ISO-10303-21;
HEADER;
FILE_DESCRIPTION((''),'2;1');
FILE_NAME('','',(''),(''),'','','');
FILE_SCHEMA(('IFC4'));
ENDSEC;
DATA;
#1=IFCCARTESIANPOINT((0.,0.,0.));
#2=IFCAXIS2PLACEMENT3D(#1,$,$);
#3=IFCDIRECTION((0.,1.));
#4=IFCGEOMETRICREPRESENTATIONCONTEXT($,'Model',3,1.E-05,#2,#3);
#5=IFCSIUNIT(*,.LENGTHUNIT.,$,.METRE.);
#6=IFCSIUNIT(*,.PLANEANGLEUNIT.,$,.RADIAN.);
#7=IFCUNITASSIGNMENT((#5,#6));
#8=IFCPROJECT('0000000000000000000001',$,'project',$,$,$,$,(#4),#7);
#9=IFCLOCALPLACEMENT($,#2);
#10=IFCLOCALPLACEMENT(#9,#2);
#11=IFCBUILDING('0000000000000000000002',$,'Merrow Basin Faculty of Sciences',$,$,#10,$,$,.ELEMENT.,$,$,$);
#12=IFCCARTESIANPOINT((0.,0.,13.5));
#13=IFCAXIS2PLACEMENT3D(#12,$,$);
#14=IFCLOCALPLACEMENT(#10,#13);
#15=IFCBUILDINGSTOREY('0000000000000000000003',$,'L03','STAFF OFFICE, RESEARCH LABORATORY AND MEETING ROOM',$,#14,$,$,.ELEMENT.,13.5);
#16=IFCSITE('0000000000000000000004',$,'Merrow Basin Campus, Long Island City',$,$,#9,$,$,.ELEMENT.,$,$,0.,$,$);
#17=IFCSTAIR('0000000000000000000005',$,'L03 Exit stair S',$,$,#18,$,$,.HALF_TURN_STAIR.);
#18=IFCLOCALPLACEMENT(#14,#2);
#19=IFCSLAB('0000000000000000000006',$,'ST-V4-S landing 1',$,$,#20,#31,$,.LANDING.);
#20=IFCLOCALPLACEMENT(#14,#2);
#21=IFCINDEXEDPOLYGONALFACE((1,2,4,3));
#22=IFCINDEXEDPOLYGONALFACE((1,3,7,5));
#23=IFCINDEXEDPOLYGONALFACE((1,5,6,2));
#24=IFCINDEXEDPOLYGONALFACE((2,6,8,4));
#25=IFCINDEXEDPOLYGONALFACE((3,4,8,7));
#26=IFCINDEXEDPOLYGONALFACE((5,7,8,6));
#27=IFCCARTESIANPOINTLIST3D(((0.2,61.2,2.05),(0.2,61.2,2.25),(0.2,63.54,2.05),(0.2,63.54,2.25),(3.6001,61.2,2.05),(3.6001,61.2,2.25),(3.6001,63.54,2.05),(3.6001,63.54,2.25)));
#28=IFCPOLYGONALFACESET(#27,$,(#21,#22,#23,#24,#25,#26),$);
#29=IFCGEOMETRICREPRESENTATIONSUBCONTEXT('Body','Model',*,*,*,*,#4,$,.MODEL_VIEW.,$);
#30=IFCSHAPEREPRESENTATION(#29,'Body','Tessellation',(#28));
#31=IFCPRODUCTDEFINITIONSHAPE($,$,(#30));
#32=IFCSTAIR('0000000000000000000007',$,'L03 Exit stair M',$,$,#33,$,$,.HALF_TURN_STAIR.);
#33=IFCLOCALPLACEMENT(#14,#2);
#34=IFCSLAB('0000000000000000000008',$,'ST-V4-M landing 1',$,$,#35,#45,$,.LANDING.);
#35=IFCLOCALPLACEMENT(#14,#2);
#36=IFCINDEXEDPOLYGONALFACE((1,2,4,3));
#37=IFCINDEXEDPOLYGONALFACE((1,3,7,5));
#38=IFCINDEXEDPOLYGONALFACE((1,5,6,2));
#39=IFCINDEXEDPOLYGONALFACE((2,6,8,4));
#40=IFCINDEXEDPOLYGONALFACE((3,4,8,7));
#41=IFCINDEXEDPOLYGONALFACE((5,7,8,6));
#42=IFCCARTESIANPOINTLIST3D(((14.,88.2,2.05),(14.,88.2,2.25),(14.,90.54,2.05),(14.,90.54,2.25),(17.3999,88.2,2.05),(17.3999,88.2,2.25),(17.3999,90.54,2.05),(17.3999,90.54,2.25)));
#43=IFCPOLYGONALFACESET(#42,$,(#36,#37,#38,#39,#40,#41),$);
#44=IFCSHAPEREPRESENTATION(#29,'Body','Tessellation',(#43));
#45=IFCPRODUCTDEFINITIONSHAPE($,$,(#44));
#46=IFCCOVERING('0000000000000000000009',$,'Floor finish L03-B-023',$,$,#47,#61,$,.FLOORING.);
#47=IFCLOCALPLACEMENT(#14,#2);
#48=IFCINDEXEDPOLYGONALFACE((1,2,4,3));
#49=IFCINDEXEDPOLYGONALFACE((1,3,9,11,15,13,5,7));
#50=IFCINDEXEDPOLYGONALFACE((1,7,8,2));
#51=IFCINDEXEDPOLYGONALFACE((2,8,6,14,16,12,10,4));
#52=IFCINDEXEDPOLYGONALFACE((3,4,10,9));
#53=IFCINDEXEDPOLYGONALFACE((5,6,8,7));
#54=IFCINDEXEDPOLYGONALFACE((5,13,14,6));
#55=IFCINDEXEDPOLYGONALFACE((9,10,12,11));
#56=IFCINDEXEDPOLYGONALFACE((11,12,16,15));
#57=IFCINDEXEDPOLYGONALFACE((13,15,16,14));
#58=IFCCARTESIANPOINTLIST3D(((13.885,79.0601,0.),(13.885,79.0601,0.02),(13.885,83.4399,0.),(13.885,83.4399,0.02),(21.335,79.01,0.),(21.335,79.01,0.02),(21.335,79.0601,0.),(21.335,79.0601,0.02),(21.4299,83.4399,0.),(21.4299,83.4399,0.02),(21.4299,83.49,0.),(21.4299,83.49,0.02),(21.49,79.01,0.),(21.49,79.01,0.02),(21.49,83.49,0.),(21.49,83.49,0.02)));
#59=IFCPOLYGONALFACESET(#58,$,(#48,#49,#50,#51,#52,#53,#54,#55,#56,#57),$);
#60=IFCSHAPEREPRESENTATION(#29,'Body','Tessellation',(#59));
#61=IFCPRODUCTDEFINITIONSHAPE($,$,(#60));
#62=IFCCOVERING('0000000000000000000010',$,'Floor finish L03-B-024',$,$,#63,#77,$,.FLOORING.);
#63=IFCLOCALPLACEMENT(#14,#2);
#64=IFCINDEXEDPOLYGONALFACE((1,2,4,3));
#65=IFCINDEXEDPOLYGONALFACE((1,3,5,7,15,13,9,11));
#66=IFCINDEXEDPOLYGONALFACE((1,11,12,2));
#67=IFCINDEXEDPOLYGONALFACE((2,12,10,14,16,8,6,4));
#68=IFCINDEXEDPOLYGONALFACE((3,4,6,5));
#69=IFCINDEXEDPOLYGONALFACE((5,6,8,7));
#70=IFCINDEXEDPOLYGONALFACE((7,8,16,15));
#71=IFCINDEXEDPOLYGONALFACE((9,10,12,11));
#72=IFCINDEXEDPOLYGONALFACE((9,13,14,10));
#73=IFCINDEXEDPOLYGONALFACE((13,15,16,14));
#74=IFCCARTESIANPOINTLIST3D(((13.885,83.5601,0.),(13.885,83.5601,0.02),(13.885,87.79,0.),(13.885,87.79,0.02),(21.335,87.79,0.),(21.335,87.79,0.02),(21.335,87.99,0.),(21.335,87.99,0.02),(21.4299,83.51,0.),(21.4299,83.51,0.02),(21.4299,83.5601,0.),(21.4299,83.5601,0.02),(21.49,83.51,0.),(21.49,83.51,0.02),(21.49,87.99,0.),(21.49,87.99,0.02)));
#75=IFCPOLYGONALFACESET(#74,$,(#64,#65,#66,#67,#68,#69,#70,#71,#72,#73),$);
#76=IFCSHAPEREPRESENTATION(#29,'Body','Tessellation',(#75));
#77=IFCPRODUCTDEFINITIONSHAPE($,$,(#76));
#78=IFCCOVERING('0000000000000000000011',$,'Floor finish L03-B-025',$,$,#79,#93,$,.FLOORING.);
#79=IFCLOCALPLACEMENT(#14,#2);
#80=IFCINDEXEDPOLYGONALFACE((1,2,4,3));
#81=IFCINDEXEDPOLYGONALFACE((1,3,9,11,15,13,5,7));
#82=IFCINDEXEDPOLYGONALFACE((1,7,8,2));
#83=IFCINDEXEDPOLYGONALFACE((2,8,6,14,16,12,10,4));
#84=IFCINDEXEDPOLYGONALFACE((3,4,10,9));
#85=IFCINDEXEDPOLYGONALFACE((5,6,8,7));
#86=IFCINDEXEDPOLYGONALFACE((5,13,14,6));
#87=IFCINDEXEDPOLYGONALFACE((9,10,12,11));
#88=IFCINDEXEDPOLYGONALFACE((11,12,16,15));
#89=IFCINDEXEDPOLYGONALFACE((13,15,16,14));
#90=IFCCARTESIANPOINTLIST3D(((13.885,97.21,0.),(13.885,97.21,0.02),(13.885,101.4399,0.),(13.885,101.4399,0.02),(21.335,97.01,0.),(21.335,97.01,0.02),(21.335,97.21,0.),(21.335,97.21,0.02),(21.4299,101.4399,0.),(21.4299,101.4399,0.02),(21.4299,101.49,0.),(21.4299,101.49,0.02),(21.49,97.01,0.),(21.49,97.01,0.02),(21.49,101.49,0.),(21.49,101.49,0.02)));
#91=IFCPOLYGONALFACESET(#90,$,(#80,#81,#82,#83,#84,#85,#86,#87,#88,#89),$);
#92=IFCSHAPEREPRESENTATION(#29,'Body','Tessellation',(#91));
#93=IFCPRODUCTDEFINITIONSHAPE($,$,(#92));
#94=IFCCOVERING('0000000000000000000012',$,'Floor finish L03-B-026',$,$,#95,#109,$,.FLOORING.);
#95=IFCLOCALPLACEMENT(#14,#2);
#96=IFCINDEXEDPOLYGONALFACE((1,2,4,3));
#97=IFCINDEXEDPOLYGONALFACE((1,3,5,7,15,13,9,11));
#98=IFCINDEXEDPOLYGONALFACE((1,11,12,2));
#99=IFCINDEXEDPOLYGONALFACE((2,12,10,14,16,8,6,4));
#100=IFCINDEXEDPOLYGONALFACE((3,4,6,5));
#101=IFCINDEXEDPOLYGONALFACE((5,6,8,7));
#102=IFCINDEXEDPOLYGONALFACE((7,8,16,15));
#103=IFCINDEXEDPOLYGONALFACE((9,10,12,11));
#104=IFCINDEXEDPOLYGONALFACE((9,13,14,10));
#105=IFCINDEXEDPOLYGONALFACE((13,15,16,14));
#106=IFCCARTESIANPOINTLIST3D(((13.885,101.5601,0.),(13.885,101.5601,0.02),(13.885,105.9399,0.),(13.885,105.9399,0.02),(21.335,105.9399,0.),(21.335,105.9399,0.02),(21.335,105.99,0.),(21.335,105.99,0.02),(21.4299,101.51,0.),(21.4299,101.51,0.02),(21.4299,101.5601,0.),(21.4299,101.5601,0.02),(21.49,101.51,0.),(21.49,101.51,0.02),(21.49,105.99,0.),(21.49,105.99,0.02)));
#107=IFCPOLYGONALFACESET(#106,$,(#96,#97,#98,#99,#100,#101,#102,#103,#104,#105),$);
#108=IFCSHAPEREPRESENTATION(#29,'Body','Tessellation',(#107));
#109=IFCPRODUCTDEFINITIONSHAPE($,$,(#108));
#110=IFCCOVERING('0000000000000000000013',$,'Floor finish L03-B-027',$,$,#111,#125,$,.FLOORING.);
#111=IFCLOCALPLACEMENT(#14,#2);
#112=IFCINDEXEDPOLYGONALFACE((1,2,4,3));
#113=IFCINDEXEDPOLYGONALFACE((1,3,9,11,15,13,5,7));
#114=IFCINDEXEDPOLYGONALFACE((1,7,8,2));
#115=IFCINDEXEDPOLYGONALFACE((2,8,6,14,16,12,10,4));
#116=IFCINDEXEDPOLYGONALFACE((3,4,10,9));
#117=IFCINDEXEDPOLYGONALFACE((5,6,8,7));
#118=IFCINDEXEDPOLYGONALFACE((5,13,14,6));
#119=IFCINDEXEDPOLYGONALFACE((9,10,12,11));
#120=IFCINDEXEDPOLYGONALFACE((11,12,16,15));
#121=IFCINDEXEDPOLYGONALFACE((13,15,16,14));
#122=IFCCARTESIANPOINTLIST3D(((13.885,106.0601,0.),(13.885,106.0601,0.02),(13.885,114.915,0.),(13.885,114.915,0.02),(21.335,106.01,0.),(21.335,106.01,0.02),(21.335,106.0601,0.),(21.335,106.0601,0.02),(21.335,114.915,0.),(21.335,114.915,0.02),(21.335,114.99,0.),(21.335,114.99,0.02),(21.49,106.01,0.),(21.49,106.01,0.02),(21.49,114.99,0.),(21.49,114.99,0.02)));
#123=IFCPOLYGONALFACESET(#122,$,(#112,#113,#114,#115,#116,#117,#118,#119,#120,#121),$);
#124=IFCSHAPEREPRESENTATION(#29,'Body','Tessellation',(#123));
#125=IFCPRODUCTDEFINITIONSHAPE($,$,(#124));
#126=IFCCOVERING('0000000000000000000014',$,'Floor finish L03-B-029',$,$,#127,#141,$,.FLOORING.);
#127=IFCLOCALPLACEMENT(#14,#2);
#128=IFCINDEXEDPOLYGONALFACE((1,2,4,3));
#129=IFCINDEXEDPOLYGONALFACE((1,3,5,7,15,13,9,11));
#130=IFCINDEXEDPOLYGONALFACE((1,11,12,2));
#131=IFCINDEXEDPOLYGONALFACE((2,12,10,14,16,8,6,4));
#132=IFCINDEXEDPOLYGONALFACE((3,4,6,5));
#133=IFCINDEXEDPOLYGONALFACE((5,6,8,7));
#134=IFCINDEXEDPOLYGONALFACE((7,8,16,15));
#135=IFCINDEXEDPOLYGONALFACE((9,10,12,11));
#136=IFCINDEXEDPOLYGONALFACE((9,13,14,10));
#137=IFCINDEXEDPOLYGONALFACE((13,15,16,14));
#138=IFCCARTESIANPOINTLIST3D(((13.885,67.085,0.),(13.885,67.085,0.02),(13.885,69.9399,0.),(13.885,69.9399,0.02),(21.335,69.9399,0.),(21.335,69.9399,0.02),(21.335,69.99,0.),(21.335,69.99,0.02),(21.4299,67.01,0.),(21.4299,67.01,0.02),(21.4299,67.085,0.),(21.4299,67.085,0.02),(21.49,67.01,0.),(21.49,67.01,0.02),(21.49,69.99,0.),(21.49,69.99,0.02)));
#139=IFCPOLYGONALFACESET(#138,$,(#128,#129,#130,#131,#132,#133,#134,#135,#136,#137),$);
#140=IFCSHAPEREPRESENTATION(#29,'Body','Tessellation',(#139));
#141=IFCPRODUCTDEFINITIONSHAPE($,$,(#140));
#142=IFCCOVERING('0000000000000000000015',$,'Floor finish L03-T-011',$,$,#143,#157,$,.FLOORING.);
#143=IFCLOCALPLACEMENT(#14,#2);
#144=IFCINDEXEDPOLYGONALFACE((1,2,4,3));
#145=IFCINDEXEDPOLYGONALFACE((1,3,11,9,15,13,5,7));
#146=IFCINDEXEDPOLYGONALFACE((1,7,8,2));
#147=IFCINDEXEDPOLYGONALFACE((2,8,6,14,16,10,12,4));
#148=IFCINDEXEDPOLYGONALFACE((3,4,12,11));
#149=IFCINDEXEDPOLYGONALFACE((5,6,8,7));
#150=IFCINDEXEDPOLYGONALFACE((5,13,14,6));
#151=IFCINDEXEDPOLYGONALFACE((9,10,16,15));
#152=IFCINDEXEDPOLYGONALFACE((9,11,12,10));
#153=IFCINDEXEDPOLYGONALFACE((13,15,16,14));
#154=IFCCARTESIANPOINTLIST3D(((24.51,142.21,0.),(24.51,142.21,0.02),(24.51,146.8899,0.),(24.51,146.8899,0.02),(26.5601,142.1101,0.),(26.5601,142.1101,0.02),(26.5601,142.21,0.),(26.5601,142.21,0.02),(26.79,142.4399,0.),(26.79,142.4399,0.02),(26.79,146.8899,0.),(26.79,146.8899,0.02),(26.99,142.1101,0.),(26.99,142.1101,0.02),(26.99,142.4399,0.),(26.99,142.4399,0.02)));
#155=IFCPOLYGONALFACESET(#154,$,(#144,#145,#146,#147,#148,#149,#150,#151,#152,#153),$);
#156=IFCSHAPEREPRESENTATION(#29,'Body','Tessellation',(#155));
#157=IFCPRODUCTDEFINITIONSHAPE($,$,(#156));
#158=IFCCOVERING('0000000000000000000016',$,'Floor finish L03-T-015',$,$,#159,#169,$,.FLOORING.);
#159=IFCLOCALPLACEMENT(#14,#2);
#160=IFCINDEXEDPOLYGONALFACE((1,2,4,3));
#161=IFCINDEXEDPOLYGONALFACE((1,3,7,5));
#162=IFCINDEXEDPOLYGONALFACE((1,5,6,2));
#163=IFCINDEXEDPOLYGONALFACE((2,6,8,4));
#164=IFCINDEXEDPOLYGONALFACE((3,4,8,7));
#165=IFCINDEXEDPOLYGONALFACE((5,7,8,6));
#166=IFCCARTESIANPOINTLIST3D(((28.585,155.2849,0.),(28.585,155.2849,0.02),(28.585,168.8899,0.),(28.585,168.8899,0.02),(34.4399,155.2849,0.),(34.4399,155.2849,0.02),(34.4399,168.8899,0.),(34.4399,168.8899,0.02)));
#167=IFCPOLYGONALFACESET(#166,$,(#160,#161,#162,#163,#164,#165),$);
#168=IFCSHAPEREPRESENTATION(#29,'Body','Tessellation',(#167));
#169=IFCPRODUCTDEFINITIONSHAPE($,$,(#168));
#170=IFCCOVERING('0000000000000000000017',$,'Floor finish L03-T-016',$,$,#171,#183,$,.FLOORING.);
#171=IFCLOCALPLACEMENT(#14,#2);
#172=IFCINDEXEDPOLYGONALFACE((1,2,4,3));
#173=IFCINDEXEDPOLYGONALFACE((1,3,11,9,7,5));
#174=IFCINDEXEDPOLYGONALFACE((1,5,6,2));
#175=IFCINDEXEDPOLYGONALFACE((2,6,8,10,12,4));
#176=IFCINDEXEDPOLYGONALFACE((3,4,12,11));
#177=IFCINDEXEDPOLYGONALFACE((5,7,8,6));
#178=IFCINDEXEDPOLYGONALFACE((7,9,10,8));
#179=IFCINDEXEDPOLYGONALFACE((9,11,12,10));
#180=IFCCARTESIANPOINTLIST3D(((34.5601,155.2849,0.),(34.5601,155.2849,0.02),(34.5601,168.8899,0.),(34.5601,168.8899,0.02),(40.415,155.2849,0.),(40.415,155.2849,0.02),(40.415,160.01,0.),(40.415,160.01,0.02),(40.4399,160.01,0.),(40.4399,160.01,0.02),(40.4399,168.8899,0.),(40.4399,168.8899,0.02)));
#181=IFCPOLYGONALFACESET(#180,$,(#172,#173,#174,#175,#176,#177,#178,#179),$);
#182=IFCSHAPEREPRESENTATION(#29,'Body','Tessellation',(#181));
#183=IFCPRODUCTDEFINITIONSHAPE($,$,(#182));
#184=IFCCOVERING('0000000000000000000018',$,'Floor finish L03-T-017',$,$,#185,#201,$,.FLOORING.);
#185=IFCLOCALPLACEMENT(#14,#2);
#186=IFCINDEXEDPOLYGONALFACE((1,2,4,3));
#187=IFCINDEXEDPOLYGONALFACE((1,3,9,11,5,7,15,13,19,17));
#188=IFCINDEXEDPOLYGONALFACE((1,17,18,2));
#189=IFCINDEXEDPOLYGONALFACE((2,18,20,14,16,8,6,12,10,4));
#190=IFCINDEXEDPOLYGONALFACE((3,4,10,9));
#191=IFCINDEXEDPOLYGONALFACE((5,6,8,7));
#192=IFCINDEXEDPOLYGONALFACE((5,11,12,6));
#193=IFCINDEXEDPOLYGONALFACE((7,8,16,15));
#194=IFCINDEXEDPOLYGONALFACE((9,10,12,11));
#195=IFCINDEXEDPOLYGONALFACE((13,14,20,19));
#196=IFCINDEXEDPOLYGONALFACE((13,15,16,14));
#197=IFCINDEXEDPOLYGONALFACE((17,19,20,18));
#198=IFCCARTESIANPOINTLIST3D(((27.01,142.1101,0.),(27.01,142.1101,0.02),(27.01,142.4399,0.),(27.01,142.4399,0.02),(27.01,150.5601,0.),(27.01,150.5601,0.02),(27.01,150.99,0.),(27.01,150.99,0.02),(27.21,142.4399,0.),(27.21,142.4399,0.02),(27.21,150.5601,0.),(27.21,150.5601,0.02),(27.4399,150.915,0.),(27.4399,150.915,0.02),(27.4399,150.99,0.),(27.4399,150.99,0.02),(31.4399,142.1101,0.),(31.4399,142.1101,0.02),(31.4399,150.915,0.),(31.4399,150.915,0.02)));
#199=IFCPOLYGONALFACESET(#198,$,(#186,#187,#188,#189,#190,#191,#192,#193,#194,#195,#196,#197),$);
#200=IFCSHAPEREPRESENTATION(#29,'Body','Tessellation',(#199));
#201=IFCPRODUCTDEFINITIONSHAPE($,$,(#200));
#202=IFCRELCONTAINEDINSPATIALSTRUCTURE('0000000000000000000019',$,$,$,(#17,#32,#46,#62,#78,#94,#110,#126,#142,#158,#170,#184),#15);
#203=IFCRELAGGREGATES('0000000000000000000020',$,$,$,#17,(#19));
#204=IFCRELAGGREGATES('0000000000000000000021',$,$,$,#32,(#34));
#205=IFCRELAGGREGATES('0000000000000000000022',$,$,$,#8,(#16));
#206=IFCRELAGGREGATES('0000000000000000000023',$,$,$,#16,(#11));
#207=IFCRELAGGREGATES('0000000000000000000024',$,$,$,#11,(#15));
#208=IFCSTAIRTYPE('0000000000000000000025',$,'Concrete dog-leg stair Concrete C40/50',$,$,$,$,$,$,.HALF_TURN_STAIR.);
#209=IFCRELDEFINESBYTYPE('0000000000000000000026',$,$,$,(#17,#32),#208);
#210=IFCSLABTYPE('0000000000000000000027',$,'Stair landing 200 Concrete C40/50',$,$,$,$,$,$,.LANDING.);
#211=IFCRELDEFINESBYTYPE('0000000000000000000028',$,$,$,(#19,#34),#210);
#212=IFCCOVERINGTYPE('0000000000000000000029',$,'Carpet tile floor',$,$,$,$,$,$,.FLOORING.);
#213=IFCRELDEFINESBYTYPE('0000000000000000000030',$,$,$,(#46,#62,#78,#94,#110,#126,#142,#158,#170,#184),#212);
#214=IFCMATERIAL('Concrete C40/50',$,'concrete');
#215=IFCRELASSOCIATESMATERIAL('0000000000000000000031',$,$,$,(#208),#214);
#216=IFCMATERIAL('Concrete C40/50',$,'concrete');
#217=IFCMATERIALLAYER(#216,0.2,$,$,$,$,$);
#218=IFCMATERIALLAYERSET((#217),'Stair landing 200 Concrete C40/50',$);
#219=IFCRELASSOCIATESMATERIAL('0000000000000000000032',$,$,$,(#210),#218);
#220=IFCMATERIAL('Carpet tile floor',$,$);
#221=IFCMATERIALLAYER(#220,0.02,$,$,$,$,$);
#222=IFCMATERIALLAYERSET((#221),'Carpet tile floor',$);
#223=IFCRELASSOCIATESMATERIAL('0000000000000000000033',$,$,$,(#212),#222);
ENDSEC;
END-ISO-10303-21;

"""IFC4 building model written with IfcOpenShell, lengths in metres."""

from ifc_helpers import new_model, si_unit, direction, frame, origin, place, context, subcontext, project, spatial, polyline, outline, extrude, material, layer, layer_set, type_object, element, aggregate, save


model = new_model("IFC4")

# Units and contexts
model_context = context("Model", 3, precision=1e-05, world=origin(), true_north=direction((0.0, 1.0)))
body_context = subcontext(model_context, "Body", "Model", "MODEL_VIEW")
ifc_project = project(units=[si_unit("LENGTHUNIT", "METRE"), si_unit("PLANEANGLEUNIT", "RADIAN")], contexts=[model_context])

# Site, building, storey
site_placement = place(None, origin())
site = spatial("IfcSite", under=ifc_project, at=site_placement, Name="Merrow Basin Campus, Long Island City", CompositionType="ELEMENT", RefElevation=0.0)
building_placement = place(site_placement, origin())
building = spatial("IfcBuilding", under=site, at=building_placement, Name="Merrow Basin Faculty of Sciences", CompositionType="ELEMENT")
storey_placement = place(building_placement, frame((0.0, 0.0, 13.5)))
storey = spatial("IfcBuildingStorey", under=building, at=storey_placement, Name="L03", Description="STAFF OFFICE, RESEARCH LABORATORY AND MEETING ROOM", CompositionType="ELEMENT", Elevation=13.5)

# Stairs, slabs
ifc_material_1 = material(Name="Concrete C40/50", Category="concrete")
stair_type = type_object("IfcStairType", Name="Concrete dog-leg stair Concrete C40/50", PredefinedType="HALF_TURN_STAIR", material=ifc_material_1)
stair_1_placement = place(storey_placement, origin())
stair_1 = element("IfcStair", 1, at=stair_1_placement, inside=storey, type_object=stair_type, Name="L03 Exit stair S", PredefinedType="HALF_TURN_STAIR")
ifc_material_2 = material(Name="Concrete C40/50", Category="concrete")
ifc_layer_1 = layer(ifc_material_2, 0.2)
ifc_layer_set_1 = layer_set([ifc_layer_1], Name="Stair landing 200 Concrete C40/50")
slab_type = type_object("IfcSlabType", Name="Stair landing 200 Concrete C40/50", PredefinedType="LANDING", material=ifc_layer_set_1)
slab_1_placement = place(storey_placement, frame((0.0, 0.0, 2.05)))
slab_1 = element("IfcSlab", 2, at=slab_1_placement, type_object=slab_type, Name="ST-V4-S landing 1", PredefinedType="LANDING", context=body_context, shape_type="SweptSolid", body=[
    extrude(outline(polyline([(0.2, 61.2), (3.6001, 61.2), (3.6001, 63.54), (0.2, 63.54), (0.2, 61.2)])), origin(), (0.0, 0.0, 1.0), 0.2),
])
aggregate(stair_1, [slab_1])
stair_2_placement = place(storey_placement, origin())
stair_2 = element("IfcStair", 3, at=stair_2_placement, inside=storey, type_object=stair_type, Name="L03 Exit stair M", PredefinedType="HALF_TURN_STAIR")
slab_2_placement = place(storey_placement, frame((0.0, 0.0, 2.05)))
slab_2 = element("IfcSlab", 4, at=slab_2_placement, type_object=slab_type, Name="ST-V4-M landing 1", PredefinedType="LANDING", context=body_context, shape_type="SweptSolid", body=[
    extrude(outline(polyline([(14.0, 88.2), (17.3999, 88.2), (17.3999, 90.54), (14.0, 90.54), (14.0, 88.2)])), origin(), (0.0, 0.0, 1.0), 0.2),
])
aggregate(stair_2, [slab_2])

# Coverings
ifc_material_3 = material(Name="Carpet tile floor")
ifc_layer_2 = layer(ifc_material_3, 0.02)
ifc_layer_set_2 = layer_set([ifc_layer_2], Name="Carpet tile floor")
covering_type_1 = type_object("IfcCoveringType", Name="Carpet tile floor", PredefinedType="FLOORING", material=ifc_layer_set_2)
covering_1_placement = place(storey_placement, origin())
element("IfcCovering", 5, at=covering_1_placement, inside=storey, type_object=covering_type_1, Name="Floor finish L03-B-023", PredefinedType="FLOORING", context=body_context, shape_type="SweptSolid", body=[
    extrude(outline(polyline([(21.49, 83.49), (21.49, 79.01), (21.335, 79.01), (21.335, 79.0601), (13.885, 79.0601), (13.885, 83.4399), (21.4299, 83.4399), (21.4299, 83.49), (21.49, 83.49)])), origin(), (0.0, 0.0, 1.0), 0.02),
])
covering_2_placement = place(storey_placement, origin())
element("IfcCovering", 6, at=covering_2_placement, inside=storey, type_object=covering_type_1, Name="Floor finish L03-B-024", PredefinedType="FLOORING", context=body_context, shape_type="SweptSolid", body=[
    extrude(outline(polyline([(21.49, 87.99), (21.49, 83.51), (21.4299, 83.51), (21.4299, 83.5601), (13.885, 83.5601), (13.885, 87.79), (21.335, 87.79), (21.335, 87.99), (21.49, 87.99)])), origin(), (0.0, 0.0, 1.0), 0.02),
])
covering_3_placement = place(storey_placement, origin())
element("IfcCovering", 7, at=covering_3_placement, inside=storey, type_object=covering_type_1, Name="Floor finish L03-B-025", PredefinedType="FLOORING", context=body_context, shape_type="SweptSolid", body=[
    extrude(outline(polyline([(21.49, 101.49), (21.49, 97.01), (21.335, 97.01), (21.335, 97.21), (13.885, 97.21), (13.885, 101.4399), (21.4299, 101.4399), (21.4299, 101.49), (21.49, 101.49)])), origin(), (0.0, 0.0, 1.0), 0.02),
])
covering_4_placement = place(storey_placement, origin())
element("IfcCovering", 8, at=covering_4_placement, inside=storey, type_object=covering_type_1, Name="Floor finish L03-B-026", PredefinedType="FLOORING", context=body_context, shape_type="SweptSolid", body=[
    extrude(outline(polyline([(21.49, 105.99), (21.49, 101.51), (21.4299, 101.51), (21.4299, 101.5601), (13.885, 101.5601), (13.885, 105.9399), (21.335, 105.9399), (21.335, 105.99), (21.49, 105.99)])), origin(), (0.0, 0.0, 1.0), 0.02),
])
covering_5_placement = place(storey_placement, origin())
element("IfcCovering", 9, at=covering_5_placement, inside=storey, type_object=covering_type_1, Name="Floor finish L03-B-027", PredefinedType="FLOORING", context=body_context, shape_type="SweptSolid", body=[
    extrude(outline(polyline([(21.49, 114.99), (21.49, 106.01), (21.335, 106.01), (21.335, 106.0601), (13.885, 106.0601), (13.885, 114.915), (21.335, 114.915), (21.335, 114.99), (21.49, 114.99)])), origin(), (0.0, 0.0, 1.0), 0.02),
])
covering_6_placement = place(storey_placement, origin())
element("IfcCovering", 10, at=covering_6_placement, inside=storey, type_object=covering_type_1, Name="Floor finish L03-B-029", PredefinedType="FLOORING", context=body_context, shape_type="SweptSolid", body=[
    extrude(outline(polyline([(21.49, 69.99), (21.49, 67.01), (21.4299, 67.01), (21.4299, 67.085), (13.885, 67.085), (13.885, 69.9399), (21.335, 69.9399), (21.335, 69.99), (21.49, 69.99)])), origin(), (0.0, 0.0, 1.0), 0.02),
])
covering_7_placement = place(storey_placement, origin())
element("IfcCovering", 11, at=covering_7_placement, inside=storey, type_object=covering_type_1, Name="Floor finish L03-T-011", PredefinedType="FLOORING", context=body_context, shape_type="SweptSolid", body=[
    extrude(outline(polyline([(26.99, 142.1101), (26.5601, 142.1101), (26.5601, 142.21), (24.51, 142.21), (24.51, 146.8899), (26.79, 146.8899), (26.79, 142.4399), (26.99, 142.4399), (26.99, 142.1101)])), origin(), (0.0, 0.0, 1.0), 0.02),
])
covering_8_placement = place(storey_placement, origin())
element("IfcCovering", 12, at=covering_8_placement, inside=storey, type_object=covering_type_1, Name="Floor finish L03-T-015", PredefinedType="FLOORING", context=body_context, shape_type="SweptSolid", body=[
    extrude(outline(polyline([(34.4399, 155.2849), (28.585, 155.2849), (28.585, 168.8899), (34.4399, 168.8899), (34.4399, 155.2849)])), origin(), (0.0, 0.0, 1.0), 0.02),
])
covering_9_placement = place(storey_placement, origin())
element("IfcCovering", 13, at=covering_9_placement, inside=storey, type_object=covering_type_1, Name="Floor finish L03-T-016", PredefinedType="FLOORING", context=body_context, shape_type="SweptSolid", body=[
    extrude(outline(polyline([(34.5601, 155.2849), (34.5601, 168.8899), (40.4399, 168.8899), (40.4399, 160.01), (40.415, 160.01), (40.415, 155.2849), (34.5601, 155.2849)])), origin(), (0.0, 0.0, 1.0), 0.02),
])
covering_10_placement = place(storey_placement, origin())
element("IfcCovering", 14, at=covering_10_placement, inside=storey, type_object=covering_type_1, Name="Floor finish L03-T-017", PredefinedType="FLOORING", context=body_context, shape_type="SweptSolid", body=[
    extrude(outline(polyline([(27.4399, 150.99), (27.4399, 150.915), (31.4399, 150.915), (31.4399, 142.1101), (27.01, 142.1101), (27.01, 142.4399), (27.21, 142.4399), (27.21, 150.5601), (27.01, 150.5601), (27.01, 150.99), (27.4399, 150.99)])), origin(), (0.0, 0.0, 1.0), 0.02),
])

save(model, "model.ifc")
